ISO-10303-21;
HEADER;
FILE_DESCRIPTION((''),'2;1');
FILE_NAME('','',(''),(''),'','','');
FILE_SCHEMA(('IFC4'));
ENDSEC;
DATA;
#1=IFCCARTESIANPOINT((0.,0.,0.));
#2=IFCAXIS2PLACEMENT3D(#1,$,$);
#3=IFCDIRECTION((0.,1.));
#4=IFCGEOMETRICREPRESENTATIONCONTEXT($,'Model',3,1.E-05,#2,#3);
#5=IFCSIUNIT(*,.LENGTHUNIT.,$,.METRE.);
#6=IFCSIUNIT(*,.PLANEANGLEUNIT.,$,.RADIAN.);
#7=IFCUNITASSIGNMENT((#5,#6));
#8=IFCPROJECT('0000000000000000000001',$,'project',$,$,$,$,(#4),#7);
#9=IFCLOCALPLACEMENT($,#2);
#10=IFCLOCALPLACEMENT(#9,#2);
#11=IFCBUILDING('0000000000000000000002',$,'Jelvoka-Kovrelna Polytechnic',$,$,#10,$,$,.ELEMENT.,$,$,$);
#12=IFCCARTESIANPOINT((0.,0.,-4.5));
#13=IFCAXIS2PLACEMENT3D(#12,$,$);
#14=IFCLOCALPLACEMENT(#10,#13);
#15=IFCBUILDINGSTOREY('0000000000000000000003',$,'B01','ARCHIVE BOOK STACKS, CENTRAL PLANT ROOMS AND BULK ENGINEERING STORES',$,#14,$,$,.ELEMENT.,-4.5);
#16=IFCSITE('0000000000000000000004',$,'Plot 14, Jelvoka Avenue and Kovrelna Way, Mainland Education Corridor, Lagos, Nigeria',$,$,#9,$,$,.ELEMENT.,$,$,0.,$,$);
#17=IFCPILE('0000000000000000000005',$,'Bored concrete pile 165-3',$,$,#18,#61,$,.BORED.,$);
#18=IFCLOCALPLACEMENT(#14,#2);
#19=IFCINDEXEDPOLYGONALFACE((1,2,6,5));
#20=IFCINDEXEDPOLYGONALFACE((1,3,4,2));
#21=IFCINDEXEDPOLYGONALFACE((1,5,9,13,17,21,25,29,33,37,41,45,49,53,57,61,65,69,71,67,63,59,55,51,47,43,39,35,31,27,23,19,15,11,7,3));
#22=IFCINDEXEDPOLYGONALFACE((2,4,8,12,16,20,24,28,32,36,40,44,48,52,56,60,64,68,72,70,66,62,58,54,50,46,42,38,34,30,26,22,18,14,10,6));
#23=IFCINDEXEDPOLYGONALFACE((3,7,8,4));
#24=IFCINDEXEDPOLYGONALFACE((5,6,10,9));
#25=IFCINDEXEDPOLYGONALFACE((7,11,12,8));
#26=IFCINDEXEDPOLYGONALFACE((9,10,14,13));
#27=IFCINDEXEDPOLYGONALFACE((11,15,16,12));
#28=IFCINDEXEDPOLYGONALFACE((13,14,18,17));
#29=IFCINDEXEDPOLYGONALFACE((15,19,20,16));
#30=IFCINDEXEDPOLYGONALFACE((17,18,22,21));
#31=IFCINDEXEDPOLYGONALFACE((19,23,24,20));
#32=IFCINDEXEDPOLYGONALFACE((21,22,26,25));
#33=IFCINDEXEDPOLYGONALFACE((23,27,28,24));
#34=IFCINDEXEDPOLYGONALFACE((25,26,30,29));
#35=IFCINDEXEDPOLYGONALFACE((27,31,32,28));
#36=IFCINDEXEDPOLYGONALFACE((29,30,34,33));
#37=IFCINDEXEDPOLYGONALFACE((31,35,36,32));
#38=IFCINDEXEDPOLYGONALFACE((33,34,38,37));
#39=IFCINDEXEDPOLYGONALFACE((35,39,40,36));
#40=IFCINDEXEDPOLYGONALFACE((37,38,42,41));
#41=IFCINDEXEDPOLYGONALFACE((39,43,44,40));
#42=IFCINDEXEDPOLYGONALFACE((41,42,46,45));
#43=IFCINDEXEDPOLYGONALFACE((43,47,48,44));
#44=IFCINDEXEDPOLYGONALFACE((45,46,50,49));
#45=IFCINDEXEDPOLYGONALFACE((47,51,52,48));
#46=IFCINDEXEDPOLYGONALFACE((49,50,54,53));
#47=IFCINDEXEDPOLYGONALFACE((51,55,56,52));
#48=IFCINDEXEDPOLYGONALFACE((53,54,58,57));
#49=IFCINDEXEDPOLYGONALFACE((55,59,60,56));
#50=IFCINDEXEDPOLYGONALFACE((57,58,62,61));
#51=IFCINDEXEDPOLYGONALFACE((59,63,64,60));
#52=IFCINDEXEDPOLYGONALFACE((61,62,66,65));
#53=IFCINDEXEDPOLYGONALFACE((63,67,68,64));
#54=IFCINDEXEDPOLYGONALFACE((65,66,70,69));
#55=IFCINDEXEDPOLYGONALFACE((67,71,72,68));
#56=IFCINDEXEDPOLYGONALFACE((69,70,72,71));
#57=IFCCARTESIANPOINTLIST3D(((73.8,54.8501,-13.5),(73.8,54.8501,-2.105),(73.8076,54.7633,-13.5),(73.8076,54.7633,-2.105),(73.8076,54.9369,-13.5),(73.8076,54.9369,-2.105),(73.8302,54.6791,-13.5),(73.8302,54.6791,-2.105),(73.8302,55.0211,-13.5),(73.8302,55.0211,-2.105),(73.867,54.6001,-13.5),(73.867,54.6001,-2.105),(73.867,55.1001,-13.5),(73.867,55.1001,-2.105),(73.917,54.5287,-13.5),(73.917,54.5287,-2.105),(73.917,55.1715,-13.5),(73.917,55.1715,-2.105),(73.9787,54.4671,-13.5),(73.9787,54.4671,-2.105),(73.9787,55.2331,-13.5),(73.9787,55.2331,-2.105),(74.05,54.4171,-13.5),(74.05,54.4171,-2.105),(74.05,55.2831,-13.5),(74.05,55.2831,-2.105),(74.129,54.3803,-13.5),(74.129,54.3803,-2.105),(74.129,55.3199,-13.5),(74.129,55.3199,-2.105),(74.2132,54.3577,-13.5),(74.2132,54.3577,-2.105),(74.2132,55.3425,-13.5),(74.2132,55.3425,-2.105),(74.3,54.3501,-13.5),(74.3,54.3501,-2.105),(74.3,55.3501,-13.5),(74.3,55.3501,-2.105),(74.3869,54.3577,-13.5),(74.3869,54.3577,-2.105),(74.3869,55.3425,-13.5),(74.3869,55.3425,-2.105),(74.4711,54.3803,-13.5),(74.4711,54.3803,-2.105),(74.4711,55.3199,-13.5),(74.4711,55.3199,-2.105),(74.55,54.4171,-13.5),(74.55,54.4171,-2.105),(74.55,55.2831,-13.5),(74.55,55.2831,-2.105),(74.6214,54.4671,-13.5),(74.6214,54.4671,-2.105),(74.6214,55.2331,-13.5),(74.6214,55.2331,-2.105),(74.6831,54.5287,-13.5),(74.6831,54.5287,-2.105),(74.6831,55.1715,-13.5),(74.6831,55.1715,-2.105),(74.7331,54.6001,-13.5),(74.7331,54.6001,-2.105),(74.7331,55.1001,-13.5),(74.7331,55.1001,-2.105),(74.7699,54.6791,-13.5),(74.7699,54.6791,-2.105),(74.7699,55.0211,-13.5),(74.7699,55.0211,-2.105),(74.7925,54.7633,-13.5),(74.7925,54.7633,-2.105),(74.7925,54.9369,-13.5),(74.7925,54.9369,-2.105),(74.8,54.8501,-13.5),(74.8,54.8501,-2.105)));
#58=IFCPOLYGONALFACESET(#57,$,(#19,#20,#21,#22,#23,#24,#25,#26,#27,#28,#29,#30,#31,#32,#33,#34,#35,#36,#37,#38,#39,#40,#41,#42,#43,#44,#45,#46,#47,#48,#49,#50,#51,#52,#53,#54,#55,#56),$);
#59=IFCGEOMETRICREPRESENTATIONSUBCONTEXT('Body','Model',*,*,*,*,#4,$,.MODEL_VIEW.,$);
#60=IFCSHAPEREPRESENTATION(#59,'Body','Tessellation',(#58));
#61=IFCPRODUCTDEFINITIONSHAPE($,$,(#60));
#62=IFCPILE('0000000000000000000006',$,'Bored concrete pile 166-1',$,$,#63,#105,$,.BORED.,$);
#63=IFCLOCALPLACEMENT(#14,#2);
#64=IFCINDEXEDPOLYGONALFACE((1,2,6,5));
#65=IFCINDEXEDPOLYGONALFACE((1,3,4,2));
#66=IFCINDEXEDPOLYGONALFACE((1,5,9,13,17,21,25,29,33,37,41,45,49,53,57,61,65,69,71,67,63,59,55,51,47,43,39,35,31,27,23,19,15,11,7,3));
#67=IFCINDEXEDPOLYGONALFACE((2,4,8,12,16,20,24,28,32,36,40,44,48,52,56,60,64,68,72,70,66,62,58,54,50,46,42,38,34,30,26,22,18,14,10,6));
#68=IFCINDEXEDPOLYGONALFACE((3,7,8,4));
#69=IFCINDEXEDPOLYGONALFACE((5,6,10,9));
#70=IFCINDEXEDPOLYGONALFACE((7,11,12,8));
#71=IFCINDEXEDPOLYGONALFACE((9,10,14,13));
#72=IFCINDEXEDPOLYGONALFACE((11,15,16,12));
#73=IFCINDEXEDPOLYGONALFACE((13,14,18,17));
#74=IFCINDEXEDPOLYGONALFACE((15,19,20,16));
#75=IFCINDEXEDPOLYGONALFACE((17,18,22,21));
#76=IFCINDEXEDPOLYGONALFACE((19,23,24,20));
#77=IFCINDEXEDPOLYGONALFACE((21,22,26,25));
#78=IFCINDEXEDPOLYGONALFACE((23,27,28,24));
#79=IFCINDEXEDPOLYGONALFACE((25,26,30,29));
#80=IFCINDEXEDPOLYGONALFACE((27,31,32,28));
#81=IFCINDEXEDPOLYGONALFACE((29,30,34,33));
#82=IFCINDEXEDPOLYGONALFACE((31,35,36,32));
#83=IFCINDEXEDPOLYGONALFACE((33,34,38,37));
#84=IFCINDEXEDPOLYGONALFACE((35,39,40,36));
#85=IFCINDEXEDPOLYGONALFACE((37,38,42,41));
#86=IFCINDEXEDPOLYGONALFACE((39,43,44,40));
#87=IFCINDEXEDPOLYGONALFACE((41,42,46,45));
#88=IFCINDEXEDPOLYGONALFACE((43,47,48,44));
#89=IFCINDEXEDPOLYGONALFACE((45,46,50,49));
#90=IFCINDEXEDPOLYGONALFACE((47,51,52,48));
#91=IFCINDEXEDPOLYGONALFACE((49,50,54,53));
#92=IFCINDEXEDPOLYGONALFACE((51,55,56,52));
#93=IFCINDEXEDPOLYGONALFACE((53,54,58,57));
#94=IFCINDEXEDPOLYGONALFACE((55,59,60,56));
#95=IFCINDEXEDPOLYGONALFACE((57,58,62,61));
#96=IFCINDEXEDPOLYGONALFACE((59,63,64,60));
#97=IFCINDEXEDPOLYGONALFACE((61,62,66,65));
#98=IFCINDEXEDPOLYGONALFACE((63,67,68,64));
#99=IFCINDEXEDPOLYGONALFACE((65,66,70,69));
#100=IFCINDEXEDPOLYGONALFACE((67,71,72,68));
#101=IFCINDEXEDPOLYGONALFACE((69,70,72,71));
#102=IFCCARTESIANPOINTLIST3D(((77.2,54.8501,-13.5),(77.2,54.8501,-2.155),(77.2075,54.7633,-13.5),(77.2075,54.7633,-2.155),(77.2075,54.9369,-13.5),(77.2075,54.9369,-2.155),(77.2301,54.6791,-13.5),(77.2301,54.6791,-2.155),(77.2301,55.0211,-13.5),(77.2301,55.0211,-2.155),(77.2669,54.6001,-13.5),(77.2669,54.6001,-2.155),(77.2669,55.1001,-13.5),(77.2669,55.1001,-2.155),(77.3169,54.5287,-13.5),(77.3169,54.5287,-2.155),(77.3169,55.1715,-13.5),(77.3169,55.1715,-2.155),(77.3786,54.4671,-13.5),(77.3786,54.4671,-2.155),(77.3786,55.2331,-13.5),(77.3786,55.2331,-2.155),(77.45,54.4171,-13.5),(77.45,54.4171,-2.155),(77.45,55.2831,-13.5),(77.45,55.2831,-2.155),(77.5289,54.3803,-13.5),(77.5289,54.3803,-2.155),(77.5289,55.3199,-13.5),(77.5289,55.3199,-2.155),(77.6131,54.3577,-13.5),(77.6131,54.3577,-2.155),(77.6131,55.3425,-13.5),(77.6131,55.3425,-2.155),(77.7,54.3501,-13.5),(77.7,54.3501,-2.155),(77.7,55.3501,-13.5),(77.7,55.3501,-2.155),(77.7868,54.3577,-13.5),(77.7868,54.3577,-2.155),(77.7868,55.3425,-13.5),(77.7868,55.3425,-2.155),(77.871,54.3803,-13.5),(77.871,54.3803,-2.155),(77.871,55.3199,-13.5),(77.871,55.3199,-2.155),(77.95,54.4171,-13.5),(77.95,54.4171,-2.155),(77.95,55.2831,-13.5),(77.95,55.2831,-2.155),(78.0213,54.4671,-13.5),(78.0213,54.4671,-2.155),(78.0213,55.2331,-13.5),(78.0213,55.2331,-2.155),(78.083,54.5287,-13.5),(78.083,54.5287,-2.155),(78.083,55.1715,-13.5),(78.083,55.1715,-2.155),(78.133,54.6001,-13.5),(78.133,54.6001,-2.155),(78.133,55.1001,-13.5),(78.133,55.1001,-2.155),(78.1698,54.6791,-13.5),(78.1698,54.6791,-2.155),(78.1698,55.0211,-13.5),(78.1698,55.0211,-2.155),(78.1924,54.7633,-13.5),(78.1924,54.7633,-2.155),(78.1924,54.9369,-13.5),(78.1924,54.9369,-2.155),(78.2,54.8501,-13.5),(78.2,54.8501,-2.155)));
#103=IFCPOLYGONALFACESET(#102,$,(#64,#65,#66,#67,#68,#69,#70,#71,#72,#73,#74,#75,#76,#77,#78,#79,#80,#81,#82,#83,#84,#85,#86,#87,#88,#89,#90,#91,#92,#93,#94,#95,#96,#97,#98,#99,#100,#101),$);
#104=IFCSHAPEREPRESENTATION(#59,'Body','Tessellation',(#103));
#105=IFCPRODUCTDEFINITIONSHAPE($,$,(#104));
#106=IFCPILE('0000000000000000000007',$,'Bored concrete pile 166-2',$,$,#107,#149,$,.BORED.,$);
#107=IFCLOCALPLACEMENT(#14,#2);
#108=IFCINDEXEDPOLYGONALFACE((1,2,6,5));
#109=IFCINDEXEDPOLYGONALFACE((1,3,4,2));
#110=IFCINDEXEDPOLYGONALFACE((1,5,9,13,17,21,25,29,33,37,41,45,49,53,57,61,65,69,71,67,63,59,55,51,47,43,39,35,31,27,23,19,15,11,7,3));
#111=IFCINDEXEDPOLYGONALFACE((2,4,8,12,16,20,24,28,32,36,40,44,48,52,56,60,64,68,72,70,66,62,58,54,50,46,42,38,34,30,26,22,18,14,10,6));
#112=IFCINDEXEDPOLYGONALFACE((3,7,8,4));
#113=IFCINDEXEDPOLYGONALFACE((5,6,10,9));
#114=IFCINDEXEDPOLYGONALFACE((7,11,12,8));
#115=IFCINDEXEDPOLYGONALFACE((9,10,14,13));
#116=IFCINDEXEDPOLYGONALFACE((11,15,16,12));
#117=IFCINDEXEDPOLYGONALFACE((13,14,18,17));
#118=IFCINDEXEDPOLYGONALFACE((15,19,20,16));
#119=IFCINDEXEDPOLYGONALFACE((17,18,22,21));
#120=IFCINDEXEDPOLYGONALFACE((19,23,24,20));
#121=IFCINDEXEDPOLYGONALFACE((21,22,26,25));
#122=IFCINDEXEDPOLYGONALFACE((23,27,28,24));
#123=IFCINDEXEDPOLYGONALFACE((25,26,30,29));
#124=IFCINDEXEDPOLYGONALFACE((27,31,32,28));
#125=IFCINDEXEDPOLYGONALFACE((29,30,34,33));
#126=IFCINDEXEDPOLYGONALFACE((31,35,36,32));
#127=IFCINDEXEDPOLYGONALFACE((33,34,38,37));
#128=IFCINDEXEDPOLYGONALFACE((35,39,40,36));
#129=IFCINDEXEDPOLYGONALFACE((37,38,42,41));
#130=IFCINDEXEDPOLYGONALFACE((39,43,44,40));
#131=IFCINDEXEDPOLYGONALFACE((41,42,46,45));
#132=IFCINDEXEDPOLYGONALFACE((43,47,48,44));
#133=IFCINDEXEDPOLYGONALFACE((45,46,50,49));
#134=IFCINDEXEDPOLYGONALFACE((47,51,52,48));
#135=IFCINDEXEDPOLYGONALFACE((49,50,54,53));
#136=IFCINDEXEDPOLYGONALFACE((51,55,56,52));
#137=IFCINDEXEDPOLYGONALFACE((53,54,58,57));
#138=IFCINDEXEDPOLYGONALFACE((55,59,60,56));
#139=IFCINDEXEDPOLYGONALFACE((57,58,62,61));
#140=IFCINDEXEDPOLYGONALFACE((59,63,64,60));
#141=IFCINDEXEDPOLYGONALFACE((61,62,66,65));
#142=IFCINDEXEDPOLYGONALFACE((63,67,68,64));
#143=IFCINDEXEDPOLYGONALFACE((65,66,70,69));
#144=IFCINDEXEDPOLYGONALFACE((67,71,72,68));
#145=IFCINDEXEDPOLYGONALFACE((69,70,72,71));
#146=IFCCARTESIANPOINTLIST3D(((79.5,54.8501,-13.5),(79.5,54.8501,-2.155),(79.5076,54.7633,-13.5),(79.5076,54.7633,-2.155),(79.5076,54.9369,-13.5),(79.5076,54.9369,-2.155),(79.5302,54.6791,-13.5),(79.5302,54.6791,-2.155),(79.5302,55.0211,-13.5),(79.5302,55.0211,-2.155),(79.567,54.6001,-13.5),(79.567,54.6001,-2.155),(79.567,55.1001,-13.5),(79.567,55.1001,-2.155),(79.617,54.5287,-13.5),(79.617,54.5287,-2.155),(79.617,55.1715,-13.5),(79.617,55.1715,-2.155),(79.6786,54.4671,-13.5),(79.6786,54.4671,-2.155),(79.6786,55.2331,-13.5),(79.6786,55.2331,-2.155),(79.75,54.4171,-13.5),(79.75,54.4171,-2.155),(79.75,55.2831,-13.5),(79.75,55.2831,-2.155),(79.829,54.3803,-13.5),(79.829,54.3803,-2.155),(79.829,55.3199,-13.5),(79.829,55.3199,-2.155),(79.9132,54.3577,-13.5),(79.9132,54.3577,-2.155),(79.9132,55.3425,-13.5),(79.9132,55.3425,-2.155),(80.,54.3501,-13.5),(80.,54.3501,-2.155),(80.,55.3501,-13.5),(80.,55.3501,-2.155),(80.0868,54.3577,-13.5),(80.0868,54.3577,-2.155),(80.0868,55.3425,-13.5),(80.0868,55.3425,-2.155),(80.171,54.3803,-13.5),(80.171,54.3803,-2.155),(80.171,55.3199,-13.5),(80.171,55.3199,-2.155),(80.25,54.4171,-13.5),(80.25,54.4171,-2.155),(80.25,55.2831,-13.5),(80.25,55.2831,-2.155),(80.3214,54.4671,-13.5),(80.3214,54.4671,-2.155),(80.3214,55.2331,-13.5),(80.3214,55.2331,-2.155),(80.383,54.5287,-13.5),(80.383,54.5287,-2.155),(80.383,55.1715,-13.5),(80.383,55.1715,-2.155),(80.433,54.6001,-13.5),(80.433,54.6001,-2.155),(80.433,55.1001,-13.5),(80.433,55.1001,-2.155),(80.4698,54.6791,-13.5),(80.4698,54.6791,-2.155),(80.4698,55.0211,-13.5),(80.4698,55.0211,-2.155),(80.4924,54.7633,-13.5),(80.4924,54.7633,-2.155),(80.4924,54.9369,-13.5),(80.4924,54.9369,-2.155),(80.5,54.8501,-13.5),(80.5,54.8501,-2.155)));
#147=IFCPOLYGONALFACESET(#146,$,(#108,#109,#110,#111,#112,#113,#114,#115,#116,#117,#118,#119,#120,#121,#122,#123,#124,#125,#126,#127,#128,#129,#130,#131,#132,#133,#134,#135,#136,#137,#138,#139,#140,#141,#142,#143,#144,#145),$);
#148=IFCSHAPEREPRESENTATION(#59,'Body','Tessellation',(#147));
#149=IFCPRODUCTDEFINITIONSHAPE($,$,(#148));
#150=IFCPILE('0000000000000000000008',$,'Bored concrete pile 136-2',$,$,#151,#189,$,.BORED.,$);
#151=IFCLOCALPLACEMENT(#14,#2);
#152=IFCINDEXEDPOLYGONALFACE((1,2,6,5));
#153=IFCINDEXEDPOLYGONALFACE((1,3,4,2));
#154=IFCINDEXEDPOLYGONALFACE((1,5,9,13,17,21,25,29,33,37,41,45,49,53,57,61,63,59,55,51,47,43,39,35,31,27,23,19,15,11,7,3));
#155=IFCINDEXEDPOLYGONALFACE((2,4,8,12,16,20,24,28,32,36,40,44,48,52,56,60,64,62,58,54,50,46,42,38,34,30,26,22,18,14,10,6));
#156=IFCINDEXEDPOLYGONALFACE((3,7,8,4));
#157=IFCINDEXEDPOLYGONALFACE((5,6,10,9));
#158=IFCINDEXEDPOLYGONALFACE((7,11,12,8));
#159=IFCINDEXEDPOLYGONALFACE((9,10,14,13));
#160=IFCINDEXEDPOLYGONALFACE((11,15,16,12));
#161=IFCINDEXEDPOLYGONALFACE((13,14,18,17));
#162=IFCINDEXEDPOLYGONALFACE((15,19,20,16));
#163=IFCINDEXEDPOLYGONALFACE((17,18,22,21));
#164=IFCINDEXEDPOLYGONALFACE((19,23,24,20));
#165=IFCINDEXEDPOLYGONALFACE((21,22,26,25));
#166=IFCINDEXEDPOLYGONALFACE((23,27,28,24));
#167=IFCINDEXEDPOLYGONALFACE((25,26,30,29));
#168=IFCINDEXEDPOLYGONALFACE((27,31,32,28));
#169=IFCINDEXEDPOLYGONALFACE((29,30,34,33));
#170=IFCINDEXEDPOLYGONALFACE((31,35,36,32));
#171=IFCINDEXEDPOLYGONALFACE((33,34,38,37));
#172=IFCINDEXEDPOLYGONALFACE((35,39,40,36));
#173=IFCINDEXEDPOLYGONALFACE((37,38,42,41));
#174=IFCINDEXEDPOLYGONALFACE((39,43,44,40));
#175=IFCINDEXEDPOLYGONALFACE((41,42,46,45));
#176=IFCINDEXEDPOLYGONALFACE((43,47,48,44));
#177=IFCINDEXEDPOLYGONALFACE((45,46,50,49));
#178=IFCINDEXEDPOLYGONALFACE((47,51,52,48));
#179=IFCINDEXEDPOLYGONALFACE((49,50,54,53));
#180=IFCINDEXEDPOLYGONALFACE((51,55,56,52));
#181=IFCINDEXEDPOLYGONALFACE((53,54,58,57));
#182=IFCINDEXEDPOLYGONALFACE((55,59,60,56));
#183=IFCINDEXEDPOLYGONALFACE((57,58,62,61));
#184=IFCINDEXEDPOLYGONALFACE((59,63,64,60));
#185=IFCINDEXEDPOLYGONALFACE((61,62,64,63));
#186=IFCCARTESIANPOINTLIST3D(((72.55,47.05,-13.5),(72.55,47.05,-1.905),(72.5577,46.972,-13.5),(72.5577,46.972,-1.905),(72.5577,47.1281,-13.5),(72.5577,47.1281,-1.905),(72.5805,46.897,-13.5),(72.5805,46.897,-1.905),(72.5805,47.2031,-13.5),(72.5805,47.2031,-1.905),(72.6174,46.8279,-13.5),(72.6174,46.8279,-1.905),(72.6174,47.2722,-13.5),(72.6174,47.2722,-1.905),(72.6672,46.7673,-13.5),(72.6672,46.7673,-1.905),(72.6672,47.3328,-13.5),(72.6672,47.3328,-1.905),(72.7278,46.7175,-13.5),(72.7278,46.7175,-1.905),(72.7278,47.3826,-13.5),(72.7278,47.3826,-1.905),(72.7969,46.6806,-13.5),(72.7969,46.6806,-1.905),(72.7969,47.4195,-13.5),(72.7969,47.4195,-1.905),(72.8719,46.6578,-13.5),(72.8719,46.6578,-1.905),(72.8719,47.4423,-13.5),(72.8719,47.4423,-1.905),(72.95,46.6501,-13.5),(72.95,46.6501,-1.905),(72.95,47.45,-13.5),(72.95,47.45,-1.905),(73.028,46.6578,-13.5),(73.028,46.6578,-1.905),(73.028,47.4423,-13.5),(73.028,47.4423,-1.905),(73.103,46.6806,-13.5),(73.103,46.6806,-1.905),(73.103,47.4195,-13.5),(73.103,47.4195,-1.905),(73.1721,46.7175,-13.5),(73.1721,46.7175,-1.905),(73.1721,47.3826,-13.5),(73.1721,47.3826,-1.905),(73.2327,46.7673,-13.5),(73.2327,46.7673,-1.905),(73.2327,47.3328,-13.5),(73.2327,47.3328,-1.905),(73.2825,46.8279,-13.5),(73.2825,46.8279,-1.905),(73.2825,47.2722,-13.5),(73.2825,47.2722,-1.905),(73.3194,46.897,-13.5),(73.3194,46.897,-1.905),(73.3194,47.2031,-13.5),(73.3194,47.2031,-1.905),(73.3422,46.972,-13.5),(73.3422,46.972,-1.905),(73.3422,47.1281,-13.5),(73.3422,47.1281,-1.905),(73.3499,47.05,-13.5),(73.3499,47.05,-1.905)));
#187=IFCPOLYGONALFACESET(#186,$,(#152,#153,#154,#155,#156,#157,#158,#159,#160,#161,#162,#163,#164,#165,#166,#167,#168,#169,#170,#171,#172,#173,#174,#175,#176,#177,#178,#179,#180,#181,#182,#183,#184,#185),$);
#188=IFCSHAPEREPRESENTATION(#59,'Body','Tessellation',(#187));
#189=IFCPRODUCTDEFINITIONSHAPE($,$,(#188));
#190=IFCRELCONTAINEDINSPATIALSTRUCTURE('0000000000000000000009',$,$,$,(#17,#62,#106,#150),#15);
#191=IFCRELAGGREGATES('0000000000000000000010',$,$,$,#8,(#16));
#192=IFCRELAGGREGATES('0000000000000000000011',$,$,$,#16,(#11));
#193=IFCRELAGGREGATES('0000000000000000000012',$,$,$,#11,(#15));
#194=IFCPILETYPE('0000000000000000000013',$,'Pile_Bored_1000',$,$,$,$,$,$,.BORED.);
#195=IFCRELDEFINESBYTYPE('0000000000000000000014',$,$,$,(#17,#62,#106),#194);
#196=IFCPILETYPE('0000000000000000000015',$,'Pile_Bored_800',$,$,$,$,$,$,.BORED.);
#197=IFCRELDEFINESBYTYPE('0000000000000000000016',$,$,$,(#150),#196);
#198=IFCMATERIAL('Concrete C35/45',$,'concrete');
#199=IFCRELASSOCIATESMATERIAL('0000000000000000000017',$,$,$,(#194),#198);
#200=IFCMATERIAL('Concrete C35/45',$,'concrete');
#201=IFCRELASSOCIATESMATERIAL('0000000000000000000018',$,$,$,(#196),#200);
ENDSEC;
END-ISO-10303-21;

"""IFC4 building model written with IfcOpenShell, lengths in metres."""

from ifc_helpers import new_model, si_unit, direction, frame, origin, origin_2d, place, context, subcontext, project, spatial, circle, extrude, material, material_profile, profile_set, type_object, element, save


model = new_model("IFC4")

# Units and contexts
model_context = context("Model", 3, precision=1e-05, world=origin(), true_north=direction((0.0, 1.0)))
body_context = subcontext(model_context, "Body", "Model", "MODEL_VIEW")
ifc_project = project(units=[si_unit("LENGTHUNIT", "METRE"), si_unit("PLANEANGLEUNIT", "RADIAN")], contexts=[model_context])

# Site, building, storey
site_placement = place(None, origin())
site = spatial("IfcSite", under=ifc_project, at=site_placement, Name="Plot 14, Jelvoka Avenue and Kovrelna Way, Mainland Education Corridor, Lagos, Nigeria", CompositionType="ELEMENT", RefElevation=0.0)
building_placement = place(site_placement, origin())
building = spatial("IfcBuilding", under=site, at=building_placement, Name="Jelvoka-Kovrelna Polytechnic", CompositionType="ELEMENT")
storey_placement = place(building_placement, frame((0.0, 0.0, -4.5)))
storey = spatial("IfcBuildingStorey", under=building, at=storey_placement, Name="B01", Description="ARCHIVE BOOK STACKS, CENTRAL PLANT ROOMS AND BULK ENGINEERING STORES", CompositionType="ELEMENT", Elevation=-4.5)

# Piles
ifc_material_1 = material(Name="Concrete C35/45", Category="concrete")
ifc_material_profile_1 = material_profile(ifc_material_1, circle(Radius=0.5, at=origin_2d()), Name="PILE D1000")
ifc_profile_set_1 = profile_set([ifc_material_profile_1], Name="Concrete C35/45")
pile_type_1 = type_object("IfcPileType", Name="Pile_Bored_1000", PredefinedType="BORED", material=ifc_profile_set_1)
for number, where, z_axis, x_axis, name in (
    (1, (74.3, 54.8501, -2.105), (0.0, 0.0, -1.0), (1.0, 0.0, 0.0), "Bored concrete pile 165-3"),
):
    element("IfcPile", number, at=place(storey_placement, frame(where, z_axis=z_axis, x_axis=x_axis)), inside=storey, type_object=pile_type_1, Name=name, PredefinedType="BORED", context=body_context, shape_type="SweptSolid", body=[
        extrude(circle(Radius=0.5, at=origin_2d()), origin(), (0.0, 0.0, 1.0), 11.395),
    ])
for number, where, z_axis, x_axis, name in (
    (2, (77.7, 54.8501, -2.155), (0.0, 0.0, -1.0), (1.0, 0.0, 0.0), "Bored concrete pile 166-1"),
    (3, (80.0, 54.8501, -2.155), (0.0, 0.0, -1.0), (1.0, 0.0, 0.0), "Bored concrete pile 166-2"),
):
    element("IfcPile", number, at=place(storey_placement, frame(where, z_axis=z_axis, x_axis=x_axis)), inside=storey, type_object=pile_type_1, Name=name, PredefinedType="BORED", context=body_context, shape_type="SweptSolid", body=[
        extrude(circle(Radius=0.5, at=origin_2d()), origin(), (0.0, 0.0, 1.0), 11.345),
    ])
ifc_material_2 = material(Name="Concrete C35/45", Category="concrete")
ifc_material_profile_2 = material_profile(ifc_material_2, circle(Radius=0.3999, at=origin_2d()), Name="PILE D800")
ifc_profile_set_2 = profile_set([ifc_material_profile_2], Name="Concrete C35/45")
pile_type_2 = type_object("IfcPileType", Name="Pile_Bored_800", PredefinedType="BORED", material=ifc_profile_set_2)
for number, where, z_axis, x_axis, name in (
    (4, (72.95, 47.05, -1.905), (0.0, 0.0, -1.0), (1.0, 0.0, 0.0), "Bored concrete pile 136-2"),
):
    element("IfcPile", number, at=place(storey_placement, frame(where, z_axis=z_axis, x_axis=x_axis)), inside=storey, type_object=pile_type_2, Name=name, PredefinedType="BORED", context=body_context, shape_type="SweptSolid", body=[
        extrude(circle(Radius=0.3999, at=origin_2d()), origin(), (0.0, 0.0, 1.0), 11.595),
    ])

save(model, "model.ifc")
